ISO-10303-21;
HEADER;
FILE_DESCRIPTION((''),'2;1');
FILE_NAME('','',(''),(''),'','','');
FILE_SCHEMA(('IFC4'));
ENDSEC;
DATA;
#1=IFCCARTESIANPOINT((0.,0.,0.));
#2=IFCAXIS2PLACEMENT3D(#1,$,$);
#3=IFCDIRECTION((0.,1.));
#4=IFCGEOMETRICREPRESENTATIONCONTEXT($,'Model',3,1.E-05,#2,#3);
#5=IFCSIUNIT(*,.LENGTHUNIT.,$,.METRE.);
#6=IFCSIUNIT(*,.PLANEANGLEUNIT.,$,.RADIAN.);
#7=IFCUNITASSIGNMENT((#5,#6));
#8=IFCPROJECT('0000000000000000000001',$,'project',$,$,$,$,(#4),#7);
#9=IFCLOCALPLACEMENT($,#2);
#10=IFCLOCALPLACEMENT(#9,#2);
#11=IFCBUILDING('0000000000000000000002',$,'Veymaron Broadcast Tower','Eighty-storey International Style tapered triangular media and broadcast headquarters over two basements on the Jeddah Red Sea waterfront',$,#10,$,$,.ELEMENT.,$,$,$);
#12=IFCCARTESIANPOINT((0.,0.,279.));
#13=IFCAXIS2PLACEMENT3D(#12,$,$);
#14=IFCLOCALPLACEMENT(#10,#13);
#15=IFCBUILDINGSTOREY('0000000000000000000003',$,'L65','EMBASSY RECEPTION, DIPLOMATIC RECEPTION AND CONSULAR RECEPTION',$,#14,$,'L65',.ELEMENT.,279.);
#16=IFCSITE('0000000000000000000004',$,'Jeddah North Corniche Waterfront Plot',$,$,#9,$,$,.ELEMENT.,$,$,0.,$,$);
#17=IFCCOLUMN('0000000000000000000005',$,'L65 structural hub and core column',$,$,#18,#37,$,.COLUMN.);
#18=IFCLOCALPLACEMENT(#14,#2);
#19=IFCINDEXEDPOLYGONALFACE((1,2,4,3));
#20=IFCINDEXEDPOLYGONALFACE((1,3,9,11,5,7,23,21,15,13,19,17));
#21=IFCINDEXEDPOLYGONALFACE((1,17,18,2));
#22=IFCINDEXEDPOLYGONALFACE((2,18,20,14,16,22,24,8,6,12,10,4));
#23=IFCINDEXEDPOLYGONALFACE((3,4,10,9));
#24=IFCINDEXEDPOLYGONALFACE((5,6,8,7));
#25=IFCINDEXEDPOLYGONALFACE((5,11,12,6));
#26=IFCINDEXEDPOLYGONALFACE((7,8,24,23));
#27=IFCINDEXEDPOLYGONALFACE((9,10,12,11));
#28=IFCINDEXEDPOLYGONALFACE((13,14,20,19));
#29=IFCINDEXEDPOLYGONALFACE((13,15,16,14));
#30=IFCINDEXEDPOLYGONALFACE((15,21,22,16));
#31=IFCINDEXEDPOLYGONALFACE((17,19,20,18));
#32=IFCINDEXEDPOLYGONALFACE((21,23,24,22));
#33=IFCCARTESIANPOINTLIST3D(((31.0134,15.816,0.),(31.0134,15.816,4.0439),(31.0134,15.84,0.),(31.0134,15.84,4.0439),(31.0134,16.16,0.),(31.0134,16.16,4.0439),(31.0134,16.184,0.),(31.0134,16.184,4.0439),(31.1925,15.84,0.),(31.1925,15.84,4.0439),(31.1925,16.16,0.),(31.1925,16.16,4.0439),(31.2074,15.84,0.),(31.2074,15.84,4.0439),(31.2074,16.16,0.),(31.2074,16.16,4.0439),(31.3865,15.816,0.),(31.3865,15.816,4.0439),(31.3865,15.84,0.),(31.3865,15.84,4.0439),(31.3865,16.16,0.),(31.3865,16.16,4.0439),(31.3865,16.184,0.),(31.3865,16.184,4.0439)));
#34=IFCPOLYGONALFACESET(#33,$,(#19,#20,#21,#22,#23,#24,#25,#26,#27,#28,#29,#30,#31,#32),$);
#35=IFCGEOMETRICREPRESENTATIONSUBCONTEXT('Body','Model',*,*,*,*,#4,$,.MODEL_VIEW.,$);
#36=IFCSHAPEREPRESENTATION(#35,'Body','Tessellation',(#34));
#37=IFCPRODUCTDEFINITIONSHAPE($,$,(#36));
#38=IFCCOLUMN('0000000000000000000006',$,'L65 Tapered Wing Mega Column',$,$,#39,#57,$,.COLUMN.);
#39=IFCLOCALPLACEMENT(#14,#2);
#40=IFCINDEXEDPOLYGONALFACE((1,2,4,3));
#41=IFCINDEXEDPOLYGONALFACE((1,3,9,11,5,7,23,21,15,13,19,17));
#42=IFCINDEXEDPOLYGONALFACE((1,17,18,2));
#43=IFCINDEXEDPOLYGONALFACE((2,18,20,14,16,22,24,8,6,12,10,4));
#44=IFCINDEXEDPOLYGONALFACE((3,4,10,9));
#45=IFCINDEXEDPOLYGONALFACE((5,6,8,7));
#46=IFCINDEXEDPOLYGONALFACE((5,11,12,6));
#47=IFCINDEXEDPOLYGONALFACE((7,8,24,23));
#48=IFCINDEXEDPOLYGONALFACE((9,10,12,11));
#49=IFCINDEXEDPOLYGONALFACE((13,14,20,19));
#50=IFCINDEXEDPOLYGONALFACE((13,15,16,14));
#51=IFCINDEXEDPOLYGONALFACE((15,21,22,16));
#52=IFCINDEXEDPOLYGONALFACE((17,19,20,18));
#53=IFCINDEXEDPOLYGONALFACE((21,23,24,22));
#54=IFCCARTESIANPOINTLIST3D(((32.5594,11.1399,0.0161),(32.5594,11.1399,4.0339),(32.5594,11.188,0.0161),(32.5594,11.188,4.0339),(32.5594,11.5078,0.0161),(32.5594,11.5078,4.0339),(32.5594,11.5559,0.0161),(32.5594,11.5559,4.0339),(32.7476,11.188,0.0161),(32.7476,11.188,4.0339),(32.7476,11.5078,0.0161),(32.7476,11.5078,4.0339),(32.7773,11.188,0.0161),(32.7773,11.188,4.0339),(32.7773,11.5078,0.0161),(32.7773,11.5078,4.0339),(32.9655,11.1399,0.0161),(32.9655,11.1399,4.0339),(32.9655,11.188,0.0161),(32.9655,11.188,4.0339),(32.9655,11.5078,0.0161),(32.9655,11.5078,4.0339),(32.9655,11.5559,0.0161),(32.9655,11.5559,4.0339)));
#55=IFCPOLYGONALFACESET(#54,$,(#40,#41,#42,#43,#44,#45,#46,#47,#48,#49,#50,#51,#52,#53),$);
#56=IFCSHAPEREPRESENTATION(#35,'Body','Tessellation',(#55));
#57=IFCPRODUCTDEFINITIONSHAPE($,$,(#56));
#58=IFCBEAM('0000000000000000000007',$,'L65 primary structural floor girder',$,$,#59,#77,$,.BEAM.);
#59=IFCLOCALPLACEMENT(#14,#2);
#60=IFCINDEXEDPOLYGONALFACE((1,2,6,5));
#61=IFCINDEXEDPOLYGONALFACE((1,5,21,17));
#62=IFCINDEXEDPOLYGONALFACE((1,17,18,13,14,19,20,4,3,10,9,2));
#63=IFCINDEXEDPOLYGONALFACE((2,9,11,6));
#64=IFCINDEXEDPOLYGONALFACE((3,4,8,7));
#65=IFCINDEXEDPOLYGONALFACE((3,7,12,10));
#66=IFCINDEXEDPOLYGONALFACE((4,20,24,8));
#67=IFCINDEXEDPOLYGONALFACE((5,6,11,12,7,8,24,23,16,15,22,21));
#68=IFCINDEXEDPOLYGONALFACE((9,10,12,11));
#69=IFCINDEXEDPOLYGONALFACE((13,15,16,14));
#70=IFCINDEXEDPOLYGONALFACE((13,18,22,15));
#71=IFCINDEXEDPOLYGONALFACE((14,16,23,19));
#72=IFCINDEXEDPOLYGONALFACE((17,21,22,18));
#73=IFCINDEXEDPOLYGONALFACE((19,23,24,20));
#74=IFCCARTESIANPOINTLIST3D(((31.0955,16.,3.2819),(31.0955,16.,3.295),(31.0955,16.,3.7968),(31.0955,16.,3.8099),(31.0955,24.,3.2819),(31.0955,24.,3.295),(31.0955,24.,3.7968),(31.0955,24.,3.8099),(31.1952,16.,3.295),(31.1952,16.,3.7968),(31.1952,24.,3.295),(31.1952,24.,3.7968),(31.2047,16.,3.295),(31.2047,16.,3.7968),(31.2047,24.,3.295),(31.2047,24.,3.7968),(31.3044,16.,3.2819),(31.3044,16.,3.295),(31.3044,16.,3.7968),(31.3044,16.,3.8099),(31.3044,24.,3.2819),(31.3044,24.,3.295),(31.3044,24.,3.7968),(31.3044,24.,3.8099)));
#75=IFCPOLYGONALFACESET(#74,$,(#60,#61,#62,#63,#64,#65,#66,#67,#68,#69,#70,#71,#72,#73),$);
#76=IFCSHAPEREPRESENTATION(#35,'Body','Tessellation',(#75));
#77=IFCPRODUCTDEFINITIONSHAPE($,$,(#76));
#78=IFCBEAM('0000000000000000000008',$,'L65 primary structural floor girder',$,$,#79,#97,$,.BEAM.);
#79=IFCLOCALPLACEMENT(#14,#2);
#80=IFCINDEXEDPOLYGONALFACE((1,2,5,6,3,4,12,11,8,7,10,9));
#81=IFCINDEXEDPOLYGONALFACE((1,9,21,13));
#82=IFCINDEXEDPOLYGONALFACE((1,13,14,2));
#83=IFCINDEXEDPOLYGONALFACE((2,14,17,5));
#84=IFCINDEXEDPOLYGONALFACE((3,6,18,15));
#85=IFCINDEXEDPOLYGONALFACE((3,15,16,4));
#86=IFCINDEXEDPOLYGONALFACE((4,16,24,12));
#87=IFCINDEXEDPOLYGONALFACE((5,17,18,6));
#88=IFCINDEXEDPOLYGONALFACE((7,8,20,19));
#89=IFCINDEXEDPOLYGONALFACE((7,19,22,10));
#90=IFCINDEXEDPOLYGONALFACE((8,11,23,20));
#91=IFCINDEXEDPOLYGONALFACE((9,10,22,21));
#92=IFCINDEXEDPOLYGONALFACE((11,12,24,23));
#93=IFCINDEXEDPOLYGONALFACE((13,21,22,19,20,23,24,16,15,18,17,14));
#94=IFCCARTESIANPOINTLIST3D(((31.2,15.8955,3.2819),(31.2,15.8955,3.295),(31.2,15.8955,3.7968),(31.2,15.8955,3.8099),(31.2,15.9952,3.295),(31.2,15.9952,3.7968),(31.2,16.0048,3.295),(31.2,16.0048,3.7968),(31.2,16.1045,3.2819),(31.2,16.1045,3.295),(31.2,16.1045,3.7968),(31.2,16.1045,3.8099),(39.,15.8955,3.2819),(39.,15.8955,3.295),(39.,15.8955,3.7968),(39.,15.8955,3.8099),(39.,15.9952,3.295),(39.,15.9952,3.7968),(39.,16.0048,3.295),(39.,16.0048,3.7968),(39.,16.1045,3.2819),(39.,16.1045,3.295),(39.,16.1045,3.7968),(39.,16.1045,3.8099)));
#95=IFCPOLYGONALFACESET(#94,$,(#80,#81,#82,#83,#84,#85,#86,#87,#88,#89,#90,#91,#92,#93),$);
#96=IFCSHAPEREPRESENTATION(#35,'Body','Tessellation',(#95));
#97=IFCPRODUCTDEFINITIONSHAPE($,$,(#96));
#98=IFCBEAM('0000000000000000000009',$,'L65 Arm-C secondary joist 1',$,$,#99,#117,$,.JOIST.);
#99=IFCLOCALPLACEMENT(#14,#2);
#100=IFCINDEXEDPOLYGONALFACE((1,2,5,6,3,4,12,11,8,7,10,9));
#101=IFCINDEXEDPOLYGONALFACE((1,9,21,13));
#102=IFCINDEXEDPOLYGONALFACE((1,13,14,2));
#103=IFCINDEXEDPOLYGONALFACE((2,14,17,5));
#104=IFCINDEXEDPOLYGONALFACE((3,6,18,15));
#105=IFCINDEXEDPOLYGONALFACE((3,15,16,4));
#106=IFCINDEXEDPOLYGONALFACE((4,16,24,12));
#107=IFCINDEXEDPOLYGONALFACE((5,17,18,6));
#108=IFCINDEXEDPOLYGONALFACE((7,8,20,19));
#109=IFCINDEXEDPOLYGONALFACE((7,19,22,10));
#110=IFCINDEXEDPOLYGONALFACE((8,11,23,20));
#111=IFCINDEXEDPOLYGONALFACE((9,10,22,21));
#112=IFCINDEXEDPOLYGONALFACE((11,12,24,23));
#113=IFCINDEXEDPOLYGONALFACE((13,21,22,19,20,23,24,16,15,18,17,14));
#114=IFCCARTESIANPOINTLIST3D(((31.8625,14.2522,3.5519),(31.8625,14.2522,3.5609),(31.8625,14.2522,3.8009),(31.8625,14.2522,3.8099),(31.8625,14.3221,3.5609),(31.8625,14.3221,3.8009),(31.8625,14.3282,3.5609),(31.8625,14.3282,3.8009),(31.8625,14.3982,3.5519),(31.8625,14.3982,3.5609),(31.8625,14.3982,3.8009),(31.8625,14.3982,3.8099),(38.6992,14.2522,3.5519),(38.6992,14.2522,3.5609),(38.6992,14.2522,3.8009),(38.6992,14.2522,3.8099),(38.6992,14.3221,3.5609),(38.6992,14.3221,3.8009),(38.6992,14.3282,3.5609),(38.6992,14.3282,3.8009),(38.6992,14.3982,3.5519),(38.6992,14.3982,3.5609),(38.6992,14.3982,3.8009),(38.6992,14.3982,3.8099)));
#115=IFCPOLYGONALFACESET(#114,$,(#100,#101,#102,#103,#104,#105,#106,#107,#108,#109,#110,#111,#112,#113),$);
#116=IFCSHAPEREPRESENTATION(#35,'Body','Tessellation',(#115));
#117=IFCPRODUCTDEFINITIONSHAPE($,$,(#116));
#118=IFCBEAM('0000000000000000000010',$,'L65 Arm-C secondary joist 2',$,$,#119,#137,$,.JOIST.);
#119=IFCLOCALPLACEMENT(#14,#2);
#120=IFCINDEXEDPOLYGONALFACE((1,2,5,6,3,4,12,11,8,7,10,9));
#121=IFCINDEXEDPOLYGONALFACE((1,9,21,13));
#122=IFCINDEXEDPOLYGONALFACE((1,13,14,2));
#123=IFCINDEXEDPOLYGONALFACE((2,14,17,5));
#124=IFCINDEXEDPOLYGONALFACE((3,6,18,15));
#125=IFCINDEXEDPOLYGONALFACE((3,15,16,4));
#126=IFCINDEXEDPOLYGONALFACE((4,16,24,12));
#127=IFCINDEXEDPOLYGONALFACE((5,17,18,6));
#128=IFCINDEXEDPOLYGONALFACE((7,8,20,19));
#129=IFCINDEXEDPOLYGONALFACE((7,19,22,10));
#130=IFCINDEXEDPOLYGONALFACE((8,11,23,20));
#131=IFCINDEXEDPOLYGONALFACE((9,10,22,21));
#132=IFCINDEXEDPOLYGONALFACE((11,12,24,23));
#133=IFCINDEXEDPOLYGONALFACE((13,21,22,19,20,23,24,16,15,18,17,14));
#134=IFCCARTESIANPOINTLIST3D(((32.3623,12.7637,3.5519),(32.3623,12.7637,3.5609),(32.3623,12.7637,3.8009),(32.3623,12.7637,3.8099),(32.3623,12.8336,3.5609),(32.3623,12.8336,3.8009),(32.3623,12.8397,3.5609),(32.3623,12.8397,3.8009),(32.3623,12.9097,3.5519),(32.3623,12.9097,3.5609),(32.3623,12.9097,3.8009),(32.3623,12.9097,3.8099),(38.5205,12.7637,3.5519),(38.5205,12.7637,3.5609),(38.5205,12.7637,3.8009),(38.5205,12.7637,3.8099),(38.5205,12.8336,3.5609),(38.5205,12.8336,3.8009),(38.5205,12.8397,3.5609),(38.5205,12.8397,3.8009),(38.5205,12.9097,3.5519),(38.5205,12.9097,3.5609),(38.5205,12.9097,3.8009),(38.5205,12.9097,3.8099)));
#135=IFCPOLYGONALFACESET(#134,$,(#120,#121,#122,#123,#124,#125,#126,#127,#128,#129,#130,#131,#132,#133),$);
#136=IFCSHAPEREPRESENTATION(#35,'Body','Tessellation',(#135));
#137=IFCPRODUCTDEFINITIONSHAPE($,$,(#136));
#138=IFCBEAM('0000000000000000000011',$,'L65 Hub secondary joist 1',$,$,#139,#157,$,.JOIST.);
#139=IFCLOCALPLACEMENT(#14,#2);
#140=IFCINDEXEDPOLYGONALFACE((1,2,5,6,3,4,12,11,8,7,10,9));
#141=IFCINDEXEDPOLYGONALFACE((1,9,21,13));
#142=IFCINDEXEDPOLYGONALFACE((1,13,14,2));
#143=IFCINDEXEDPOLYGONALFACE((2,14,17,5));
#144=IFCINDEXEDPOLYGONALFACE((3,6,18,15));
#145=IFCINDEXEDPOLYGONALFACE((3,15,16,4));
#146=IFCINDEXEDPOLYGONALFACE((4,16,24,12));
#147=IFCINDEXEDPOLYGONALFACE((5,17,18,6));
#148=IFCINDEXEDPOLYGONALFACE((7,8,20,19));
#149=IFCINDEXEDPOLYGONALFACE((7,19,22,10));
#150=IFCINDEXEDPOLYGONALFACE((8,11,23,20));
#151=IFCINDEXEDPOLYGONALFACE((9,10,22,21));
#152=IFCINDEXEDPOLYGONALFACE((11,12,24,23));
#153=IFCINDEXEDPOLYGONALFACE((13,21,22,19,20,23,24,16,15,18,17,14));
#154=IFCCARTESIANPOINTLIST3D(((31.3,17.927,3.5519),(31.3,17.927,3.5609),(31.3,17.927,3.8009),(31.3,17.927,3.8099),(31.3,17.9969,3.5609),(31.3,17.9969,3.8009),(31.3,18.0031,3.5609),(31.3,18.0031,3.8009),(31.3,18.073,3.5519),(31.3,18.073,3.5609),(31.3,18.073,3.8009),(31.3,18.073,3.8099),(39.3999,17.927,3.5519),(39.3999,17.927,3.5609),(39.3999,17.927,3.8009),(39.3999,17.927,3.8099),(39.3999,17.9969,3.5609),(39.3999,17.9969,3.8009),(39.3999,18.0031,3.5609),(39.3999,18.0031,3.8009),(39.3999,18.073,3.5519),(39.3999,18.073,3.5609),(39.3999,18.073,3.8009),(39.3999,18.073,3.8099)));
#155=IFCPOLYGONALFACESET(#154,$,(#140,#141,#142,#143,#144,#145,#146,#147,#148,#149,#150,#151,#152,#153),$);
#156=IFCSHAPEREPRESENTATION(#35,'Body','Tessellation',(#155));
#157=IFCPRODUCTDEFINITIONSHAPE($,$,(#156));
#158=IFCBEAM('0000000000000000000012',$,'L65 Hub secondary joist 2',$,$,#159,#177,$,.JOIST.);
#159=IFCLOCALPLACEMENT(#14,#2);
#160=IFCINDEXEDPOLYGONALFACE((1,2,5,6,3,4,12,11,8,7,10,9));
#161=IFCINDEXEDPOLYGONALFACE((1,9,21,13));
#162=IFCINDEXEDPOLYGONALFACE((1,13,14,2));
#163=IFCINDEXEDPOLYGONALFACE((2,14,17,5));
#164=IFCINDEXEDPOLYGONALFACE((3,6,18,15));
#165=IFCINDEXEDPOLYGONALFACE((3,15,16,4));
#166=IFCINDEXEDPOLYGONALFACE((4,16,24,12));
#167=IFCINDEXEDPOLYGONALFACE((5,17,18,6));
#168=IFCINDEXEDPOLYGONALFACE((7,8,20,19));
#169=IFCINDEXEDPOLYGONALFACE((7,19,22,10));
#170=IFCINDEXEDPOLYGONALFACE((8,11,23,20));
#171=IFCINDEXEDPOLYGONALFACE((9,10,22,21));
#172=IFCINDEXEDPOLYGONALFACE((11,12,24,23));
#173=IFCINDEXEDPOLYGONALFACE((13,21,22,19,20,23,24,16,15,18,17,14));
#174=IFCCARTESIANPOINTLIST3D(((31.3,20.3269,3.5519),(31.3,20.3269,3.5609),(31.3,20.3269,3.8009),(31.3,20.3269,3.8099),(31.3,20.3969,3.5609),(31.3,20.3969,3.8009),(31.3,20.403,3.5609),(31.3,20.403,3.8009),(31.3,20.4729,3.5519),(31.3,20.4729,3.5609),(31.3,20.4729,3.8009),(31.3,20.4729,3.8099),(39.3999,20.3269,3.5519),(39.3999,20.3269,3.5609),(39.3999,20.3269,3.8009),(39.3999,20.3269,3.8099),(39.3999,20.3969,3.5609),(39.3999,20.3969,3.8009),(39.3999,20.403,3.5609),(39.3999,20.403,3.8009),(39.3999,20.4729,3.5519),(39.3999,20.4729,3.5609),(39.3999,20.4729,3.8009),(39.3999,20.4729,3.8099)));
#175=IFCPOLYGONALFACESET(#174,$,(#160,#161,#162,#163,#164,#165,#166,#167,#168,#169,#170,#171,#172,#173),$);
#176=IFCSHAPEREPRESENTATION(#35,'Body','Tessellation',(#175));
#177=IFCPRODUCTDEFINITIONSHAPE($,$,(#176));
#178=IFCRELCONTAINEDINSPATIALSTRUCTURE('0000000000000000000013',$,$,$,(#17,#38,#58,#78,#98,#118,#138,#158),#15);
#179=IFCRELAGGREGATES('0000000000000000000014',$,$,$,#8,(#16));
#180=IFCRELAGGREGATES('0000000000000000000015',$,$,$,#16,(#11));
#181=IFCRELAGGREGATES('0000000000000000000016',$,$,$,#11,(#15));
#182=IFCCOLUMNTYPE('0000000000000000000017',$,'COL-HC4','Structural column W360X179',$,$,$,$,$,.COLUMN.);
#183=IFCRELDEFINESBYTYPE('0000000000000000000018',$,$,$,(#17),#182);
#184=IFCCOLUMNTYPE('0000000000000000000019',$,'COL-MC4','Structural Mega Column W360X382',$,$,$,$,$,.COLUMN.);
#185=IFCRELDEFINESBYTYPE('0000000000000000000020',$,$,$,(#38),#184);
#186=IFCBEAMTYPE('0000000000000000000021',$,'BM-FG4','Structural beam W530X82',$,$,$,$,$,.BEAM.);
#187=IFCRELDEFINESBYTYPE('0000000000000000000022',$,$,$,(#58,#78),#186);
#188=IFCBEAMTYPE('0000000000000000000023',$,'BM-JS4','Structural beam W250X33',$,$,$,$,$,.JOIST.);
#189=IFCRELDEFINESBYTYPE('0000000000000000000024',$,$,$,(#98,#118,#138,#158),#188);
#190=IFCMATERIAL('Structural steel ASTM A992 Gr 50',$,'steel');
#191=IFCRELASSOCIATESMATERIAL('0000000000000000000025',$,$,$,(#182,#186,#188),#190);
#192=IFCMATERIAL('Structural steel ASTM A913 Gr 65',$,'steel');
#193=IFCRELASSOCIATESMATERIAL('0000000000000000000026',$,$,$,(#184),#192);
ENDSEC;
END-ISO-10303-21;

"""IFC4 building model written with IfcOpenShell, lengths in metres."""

from ifc_helpers import new_model, si_unit, direction, frame, origin, origin_2d, place, context, subcontext, project, spatial, i_section, extrude, material, material_profile, profile_set, type_object, element, save


model = new_model("IFC4")

# Units and contexts
model_context = context("Model", 3, precision=1e-05, world=origin(), true_north=direction((0.0, 1.0)))
body_context = subcontext(model_context, "Body", "Model", "MODEL_VIEW")
ifc_project = project(units=[si_unit("LENGTHUNIT", "METRE"), si_unit("PLANEANGLEUNIT", "RADIAN")], contexts=[model_context])

# Site, building, storey
site_placement = place(None, origin())
site = spatial("IfcSite", under=ifc_project, at=site_placement, Name="Jeddah North Corniche Waterfront Plot", CompositionType="ELEMENT", RefElevation=0.0)
building_placement = place(site_placement, origin())
building = spatial("IfcBuilding", under=site, at=building_placement, Name="Veymaron Broadcast Tower", Description="Eighty-storey International Style tapered triangular media and broadcast headquarters over two basements on the Jeddah Red Sea waterfront", CompositionType="ELEMENT")
storey_placement = place(building_placement, frame((0.0, 0.0, 279.0)))
storey = spatial("IfcBuildingStorey", under=building, at=storey_placement, Name="L65", Description="EMBASSY RECEPTION, DIPLOMATIC RECEPTION AND CONSULAR RECEPTION", LongName="L65", CompositionType="ELEMENT", Elevation=279.0)

# Columns
ifc_material_1 = material(Name="Structural steel ASTM A992 Gr 50", Category="steel")
ifc_material_profile_1 = material_profile(ifc_material_1, i_section(OverallWidth=0.373, OverallDepth=0.3679, WebThickness=0.0149, FlangeThickness=0.0239, at=origin_2d()), Name="W360X179")
ifc_profile_set_1 = profile_set([ifc_material_profile_1], Name="Structural steel ASTM A992 Gr 50")
column_type_1 = type_object("IfcColumnType", Name="COL-HC4", Description="Structural column W360X179", PredefinedType="COLUMN", material=ifc_profile_set_1)
column_1_placement = place(storey_placement, frame((31.2, 16.0, 0.0), z_axis=(0.0, 0.0, 1.0), x_axis=(1.0, 0.0, 0.0)))
element("IfcColumn", 1, at=column_1_placement, inside=storey, type_object=column_type_1, Name="L65 structural hub and core column", PredefinedType="COLUMN", context=body_context, shape_type="SweptSolid", body=[
    extrude(i_section(OverallWidth=0.373, OverallDepth=0.3679, WebThickness=0.0149, FlangeThickness=0.0239, at=origin_2d()), origin(), (0.0, 0.0, 1.0), 4.0439),
])
ifc_material_2 = material(Name="Structural steel ASTM A913 Gr 65", Category="steel")
ifc_material_profile_2 = material_profile(ifc_material_2, i_section(OverallWidth=0.406, OverallDepth=0.416, WebThickness=0.0298, FlangeThickness=0.0481, at=origin_2d()), Name="W360X382")
ifc_profile_set_2 = profile_set([ifc_material_profile_2], Name="Structural steel ASTM A913 Gr 65")
column_type_2 = type_object("IfcColumnType", Name="COL-MC4", Description="Structural Mega Column W360X382", PredefinedType="COLUMN", material=ifc_profile_set_2)
column_2_placement = place(storey_placement, frame((32.7625, 11.3479, 0.0161), z_axis=(0.0, 0.0, 1.0), x_axis=(1.0, 0.0, 0.0)))
element("IfcColumn", 2, at=column_2_placement, inside=storey, type_object=column_type_2, Name="L65 Tapered Wing Mega Column", PredefinedType="COLUMN", context=body_context, shape_type="SweptSolid", body=[
    extrude(i_section(OverallWidth=0.406, OverallDepth=0.416, WebThickness=0.0298, FlangeThickness=0.0481, at=origin_2d()), origin(), (0.0, 0.0, 1.0), 4.0178),
])

# Beams
ifc_material_profile_3 = material_profile(ifc_material_1, i_section(OverallWidth=0.209, OverallDepth=0.5281, WebThickness=0.0095, FlangeThickness=0.0132, at=origin_2d()), Name="W530X82")
ifc_profile_set_3 = profile_set([ifc_material_profile_3], Name="Structural steel ASTM A992 Gr 50")
beam_type_1 = type_object("IfcBeamType", Name="BM-FG4", Description="Structural beam W530X82", PredefinedType="BEAM", material=ifc_profile_set_3)
beam_1_placement = place(storey_placement, frame((31.2, 16.0, 3.5459), z_axis=(0.0, 1.0, 0.0), x_axis=(-1.0, 0.0, 0.0)))
element("IfcBeam", 3, at=beam_1_placement, inside=storey, type_object=beam_type_1, Name="L65 primary structural floor girder", PredefinedType="BEAM", context=body_context, shape_type="SweptSolid", body=[
    extrude(i_section(OverallWidth=0.209, OverallDepth=0.5281, WebThickness=0.0095, FlangeThickness=0.0132, at=origin_2d()), origin(), (0.0, 0.0, 1.0), 8.0),
])
beam_2_placement = place(storey_placement, frame((31.2, 16.0, 3.5459), z_axis=(1.0, 0.0, 0.0), x_axis=(0.0, 1.0, 0.0)))
element("IfcBeam", 4, at=beam_2_placement, inside=storey, type_object=beam_type_1, Name="L65 primary structural floor girder", PredefinedType="BEAM", context=body_context, shape_type="SweptSolid", body=[
    extrude(i_section(OverallWidth=0.209, OverallDepth=0.5281, WebThickness=0.0095, FlangeThickness=0.0132, at=origin_2d()), origin(), (0.0, 0.0, 1.0), 7.8),
])
ifc_material_profile_4 = material_profile(ifc_material_1, i_section(OverallWidth=0.146, OverallDepth=0.2581, WebThickness=0.0061, FlangeThickness=0.009, at=origin_2d()), Name="W250X33")
ifc_profile_set_4 = profile_set([ifc_material_profile_4], Name="Structural steel ASTM A992 Gr 50")
beam_type_2 = type_object("IfcBeamType", Name="BM-JS4", Description="Structural beam W250X33", PredefinedType="JOIST", material=ifc_profile_set_4)
beam_3_placement = place(storey_placement, frame((31.8625, 14.3252, 3.6809), z_axis=(1.0, 0.0, 0.0), x_axis=(0.0, 1.0, 0.0)))
element("IfcBeam", 5, at=beam_3_placement, inside=storey, type_object=beam_type_2, Name="L65 Arm-C secondary joist 1", PredefinedType="JOIST", context=body_context, shape_type="SweptSolid", body=[
    extrude(i_section(OverallWidth=0.146, OverallDepth=0.2581, WebThickness=0.0061, FlangeThickness=0.009, at=origin_2d()), origin(), (0.0, 0.0, 1.0), 6.8367),
])
beam_4_placement = place(storey_placement, frame((32.3623, 12.8367, 3.6809), z_axis=(1.0, 0.0, 0.0), x_axis=(0.0, 1.0, 0.0)))
element("IfcBeam", 6, at=beam_4_placement, inside=storey, type_object=beam_type_2, Name="L65 Arm-C secondary joist 2", PredefinedType="JOIST", context=body_context, shape_type="SweptSolid", body=[
    extrude(i_section(OverallWidth=0.146, OverallDepth=0.2581, WebThickness=0.0061, FlangeThickness=0.009, at=origin_2d()), origin(), (0.0, 0.0, 1.0), 6.1582),
])
for number, where, z_axis, x_axis, name in (
    (7, (31.3, 18.0, 3.6809), (1.0, 0.0, 0.0), (0.0, 1.0, 0.0), "L65 Hub secondary joist 1"),
    (8, (31.3, 20.3999, 3.6809), (1.0, 0.0, 0.0), (0.0, 1.0, 0.0), "L65 Hub secondary joist 2"),
):
    element("IfcBeam", number, at=place(storey_placement, frame(where, z_axis=z_axis, x_axis=x_axis)), inside=storey, type_object=beam_type_2, Name=name, PredefinedType="JOIST", context=body_context, shape_type="SweptSolid", body=[
        extrude(i_section(OverallWidth=0.146, OverallDepth=0.2581, WebThickness=0.0061, FlangeThickness=0.009, at=origin_2d()), origin(), (0.0, 0.0, 1.0), 8.0999),
    ])

save(model, "model.ifc")
